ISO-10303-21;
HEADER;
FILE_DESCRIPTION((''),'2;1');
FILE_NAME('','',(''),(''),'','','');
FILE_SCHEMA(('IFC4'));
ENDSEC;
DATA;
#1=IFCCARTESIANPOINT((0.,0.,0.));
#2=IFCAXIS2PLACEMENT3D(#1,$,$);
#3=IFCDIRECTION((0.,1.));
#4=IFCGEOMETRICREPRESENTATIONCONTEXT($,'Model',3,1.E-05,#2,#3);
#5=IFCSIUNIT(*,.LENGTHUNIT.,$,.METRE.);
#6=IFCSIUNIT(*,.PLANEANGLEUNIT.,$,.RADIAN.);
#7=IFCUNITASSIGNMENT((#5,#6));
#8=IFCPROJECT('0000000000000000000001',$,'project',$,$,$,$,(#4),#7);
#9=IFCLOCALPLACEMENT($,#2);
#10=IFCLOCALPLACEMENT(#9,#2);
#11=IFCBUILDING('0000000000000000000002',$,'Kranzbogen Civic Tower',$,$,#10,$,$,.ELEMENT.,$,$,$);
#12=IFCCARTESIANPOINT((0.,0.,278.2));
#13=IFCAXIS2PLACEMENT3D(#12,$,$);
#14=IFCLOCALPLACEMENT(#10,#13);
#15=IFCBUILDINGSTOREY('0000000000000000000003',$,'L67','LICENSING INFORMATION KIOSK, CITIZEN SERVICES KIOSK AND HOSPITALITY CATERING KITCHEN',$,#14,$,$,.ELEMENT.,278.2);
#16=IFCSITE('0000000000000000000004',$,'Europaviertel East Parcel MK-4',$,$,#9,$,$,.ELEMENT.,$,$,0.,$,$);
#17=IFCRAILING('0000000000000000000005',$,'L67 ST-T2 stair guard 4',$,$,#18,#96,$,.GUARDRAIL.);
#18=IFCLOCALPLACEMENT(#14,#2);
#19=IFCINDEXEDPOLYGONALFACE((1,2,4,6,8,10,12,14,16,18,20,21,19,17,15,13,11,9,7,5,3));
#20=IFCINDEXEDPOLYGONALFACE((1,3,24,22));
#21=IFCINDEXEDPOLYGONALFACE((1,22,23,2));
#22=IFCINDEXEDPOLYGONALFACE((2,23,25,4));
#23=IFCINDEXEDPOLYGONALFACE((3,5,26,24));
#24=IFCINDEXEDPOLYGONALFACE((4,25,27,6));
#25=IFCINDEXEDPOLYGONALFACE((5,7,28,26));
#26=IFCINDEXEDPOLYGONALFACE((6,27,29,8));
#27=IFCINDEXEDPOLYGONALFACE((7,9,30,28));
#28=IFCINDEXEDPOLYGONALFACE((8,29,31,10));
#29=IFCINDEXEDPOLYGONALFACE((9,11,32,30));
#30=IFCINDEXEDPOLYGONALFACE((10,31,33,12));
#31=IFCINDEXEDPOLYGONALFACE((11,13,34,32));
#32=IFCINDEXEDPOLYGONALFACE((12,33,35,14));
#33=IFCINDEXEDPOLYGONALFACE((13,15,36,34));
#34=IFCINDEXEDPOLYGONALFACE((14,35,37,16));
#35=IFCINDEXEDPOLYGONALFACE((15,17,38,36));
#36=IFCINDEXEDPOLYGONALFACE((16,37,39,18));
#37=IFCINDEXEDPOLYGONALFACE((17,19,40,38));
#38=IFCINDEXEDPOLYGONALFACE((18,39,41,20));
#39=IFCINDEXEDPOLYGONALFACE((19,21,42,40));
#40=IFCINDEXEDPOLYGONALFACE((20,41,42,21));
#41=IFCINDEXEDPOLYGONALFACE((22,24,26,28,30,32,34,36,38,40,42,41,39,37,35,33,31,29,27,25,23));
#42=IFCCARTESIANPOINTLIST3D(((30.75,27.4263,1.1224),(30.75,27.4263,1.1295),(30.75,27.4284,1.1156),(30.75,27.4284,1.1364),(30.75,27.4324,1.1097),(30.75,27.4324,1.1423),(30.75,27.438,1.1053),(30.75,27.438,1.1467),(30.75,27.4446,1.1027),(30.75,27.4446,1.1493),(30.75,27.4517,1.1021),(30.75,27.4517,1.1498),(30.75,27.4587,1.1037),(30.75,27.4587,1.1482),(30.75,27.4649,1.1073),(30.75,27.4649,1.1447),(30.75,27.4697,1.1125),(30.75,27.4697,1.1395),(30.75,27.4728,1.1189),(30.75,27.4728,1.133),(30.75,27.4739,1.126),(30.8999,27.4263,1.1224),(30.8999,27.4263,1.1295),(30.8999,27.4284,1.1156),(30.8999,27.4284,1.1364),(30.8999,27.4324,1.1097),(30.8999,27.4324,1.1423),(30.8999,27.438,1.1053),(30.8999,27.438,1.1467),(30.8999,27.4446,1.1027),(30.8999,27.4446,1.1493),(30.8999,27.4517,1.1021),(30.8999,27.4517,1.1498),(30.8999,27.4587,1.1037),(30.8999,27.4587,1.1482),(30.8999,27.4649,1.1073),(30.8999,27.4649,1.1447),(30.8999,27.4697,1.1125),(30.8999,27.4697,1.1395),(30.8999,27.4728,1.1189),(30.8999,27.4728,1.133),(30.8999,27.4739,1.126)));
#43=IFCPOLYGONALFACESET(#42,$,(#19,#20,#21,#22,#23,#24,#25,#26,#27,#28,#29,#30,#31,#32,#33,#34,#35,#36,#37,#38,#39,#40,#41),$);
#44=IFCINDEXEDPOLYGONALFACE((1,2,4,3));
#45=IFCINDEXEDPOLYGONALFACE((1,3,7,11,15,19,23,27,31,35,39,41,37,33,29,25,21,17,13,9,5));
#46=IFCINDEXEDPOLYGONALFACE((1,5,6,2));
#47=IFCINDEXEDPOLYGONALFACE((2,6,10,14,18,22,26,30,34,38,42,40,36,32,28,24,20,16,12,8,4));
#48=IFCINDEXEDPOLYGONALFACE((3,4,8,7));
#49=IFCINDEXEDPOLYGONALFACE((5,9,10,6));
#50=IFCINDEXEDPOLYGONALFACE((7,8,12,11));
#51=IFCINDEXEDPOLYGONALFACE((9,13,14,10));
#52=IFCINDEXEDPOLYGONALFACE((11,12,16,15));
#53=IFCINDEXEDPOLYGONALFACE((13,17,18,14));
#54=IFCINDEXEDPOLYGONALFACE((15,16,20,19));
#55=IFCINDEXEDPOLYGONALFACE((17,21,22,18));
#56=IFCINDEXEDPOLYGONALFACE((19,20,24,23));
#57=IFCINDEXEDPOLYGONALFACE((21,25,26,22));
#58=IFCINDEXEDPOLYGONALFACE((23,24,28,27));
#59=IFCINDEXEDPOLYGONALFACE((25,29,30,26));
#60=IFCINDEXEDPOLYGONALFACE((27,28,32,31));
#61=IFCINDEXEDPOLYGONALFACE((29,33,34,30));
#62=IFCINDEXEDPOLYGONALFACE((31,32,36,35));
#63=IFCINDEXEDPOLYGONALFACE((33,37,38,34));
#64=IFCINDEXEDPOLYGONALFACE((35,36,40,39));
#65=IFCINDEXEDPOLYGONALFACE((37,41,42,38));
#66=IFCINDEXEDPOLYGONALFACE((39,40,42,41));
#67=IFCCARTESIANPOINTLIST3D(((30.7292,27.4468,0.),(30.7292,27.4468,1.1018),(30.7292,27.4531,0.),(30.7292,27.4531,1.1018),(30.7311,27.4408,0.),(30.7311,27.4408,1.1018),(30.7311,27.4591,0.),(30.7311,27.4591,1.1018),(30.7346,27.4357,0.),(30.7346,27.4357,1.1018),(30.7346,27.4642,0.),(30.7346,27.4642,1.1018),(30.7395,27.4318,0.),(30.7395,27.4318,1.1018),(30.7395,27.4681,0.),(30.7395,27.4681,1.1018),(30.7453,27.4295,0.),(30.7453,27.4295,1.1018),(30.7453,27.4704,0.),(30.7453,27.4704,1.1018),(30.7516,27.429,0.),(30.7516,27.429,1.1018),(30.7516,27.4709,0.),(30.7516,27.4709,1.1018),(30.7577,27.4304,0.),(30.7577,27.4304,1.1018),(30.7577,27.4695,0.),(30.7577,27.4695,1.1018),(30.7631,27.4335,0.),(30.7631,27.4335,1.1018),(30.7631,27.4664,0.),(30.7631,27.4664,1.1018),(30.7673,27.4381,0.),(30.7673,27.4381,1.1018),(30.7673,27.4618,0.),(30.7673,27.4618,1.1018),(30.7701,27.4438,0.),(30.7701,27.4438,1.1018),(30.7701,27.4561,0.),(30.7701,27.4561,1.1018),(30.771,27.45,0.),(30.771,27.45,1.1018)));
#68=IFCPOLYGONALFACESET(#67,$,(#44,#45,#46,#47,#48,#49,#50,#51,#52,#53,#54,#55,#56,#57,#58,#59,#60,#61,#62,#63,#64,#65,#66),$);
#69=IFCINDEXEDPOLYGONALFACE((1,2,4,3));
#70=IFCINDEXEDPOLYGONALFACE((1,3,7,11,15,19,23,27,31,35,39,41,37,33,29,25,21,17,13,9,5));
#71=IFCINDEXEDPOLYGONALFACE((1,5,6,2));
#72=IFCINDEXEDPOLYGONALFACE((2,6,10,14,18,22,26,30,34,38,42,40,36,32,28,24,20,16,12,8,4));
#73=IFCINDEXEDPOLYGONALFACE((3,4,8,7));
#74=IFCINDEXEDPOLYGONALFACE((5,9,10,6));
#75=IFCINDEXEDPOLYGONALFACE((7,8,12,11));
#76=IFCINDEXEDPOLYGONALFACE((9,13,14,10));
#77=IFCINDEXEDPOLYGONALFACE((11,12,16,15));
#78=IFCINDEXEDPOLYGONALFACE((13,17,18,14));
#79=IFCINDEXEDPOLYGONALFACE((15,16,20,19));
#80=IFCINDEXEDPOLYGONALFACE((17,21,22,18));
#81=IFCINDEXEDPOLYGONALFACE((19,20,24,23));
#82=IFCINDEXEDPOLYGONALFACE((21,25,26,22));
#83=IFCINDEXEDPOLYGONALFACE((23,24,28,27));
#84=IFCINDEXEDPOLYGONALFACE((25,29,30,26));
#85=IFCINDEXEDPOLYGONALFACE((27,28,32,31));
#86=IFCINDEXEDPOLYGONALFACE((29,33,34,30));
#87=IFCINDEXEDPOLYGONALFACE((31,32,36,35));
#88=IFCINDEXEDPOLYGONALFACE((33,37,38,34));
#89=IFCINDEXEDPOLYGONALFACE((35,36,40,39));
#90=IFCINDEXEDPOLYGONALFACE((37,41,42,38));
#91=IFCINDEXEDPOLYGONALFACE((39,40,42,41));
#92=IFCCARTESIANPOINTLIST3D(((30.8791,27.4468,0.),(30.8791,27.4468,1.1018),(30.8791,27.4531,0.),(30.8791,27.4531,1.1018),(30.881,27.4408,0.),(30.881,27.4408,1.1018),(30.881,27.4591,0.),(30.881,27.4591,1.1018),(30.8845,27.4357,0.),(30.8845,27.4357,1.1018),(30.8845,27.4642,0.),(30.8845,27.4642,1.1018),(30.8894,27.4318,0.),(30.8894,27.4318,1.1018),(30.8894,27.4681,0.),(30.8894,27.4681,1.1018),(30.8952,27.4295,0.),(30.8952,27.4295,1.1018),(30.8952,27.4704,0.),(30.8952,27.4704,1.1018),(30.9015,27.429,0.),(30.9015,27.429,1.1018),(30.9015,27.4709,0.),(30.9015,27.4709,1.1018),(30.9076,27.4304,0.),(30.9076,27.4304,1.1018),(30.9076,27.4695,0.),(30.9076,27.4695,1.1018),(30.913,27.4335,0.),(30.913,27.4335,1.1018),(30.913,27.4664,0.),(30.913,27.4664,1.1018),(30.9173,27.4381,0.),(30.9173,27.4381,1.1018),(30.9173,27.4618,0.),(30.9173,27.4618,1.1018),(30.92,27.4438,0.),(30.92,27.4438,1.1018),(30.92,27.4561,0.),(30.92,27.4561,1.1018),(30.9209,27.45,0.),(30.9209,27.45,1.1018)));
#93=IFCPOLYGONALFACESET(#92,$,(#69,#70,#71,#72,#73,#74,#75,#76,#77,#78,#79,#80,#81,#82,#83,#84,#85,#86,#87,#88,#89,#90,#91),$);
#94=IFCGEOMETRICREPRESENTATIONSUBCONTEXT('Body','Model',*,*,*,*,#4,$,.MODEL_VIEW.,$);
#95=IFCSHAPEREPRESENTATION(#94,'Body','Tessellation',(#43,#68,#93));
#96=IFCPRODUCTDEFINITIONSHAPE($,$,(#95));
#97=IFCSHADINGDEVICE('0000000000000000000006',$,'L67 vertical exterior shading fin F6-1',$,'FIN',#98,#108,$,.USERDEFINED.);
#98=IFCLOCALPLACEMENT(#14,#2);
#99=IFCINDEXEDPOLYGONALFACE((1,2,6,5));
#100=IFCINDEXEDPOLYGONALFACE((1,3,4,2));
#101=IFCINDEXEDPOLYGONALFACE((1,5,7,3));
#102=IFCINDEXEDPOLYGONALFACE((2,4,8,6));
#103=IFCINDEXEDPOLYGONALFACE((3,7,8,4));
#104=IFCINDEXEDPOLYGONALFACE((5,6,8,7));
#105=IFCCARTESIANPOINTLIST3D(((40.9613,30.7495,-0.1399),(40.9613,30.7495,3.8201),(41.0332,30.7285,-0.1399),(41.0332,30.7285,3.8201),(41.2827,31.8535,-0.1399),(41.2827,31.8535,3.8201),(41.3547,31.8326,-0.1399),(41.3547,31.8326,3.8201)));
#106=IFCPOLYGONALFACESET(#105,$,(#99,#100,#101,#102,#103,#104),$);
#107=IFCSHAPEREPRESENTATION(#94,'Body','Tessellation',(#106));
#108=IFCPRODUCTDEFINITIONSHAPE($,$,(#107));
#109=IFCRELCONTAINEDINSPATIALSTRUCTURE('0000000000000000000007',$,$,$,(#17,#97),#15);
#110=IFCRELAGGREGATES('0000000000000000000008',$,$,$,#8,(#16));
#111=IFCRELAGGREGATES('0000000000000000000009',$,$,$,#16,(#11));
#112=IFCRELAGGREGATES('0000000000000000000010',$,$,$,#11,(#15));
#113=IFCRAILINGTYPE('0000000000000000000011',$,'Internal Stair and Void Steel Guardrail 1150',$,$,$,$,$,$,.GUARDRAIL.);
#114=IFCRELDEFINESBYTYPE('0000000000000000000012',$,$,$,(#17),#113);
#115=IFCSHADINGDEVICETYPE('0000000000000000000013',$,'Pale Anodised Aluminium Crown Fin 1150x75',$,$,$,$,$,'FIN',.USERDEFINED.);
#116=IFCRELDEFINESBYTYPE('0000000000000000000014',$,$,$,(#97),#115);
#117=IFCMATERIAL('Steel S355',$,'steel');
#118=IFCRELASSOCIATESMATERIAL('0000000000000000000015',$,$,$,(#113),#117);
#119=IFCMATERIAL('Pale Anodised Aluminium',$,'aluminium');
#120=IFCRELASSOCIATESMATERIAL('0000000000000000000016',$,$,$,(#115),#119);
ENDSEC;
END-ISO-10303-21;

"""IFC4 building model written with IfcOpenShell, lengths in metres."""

from ifc_helpers import new_model, si_unit, direction, frame, origin, origin_2d, place, context, subcontext, project, spatial, rectangle, circle, extrude, material, type_object, element, save


model = new_model("IFC4")

# Units and contexts
model_context = context("Model", 3, precision=1e-05, world=origin(), true_north=direction((0.0, 1.0)))
body_context = subcontext(model_context, "Body", "Model", "MODEL_VIEW")
ifc_project = project(units=[si_unit("LENGTHUNIT", "METRE"), si_unit("PLANEANGLEUNIT", "RADIAN")], contexts=[model_context])

# Site, building, storey
site_placement = place(None, origin())
site = spatial("IfcSite", under=ifc_project, at=site_placement, Name="Europaviertel East Parcel MK-4", CompositionType="ELEMENT", RefElevation=0.0)
building_placement = place(site_placement, origin())
building = spatial("IfcBuilding", under=site, at=building_placement, Name="Kranzbogen Civic Tower", CompositionType="ELEMENT")
storey_placement = place(building_placement, frame((0.0, 0.0, 278.2)))
storey = spatial("IfcBuildingStorey", under=building, at=storey_placement, Name="L67", Description="LICENSING INFORMATION KIOSK, CITIZEN SERVICES KIOSK AND HOSPITALITY CATERING KITCHEN", CompositionType="ELEMENT", Elevation=278.2)

# Shared definitions
ifc_material_1 = material(Name="Steel S355", Category="steel")

# Shared definitions
ifc_material_2 = material(Name="Pale Anodised Aluminium", Category="aluminium")

# Railing
railing_type_1 = type_object("IfcRailingType", Name="Internal Stair and Void Steel Guardrail 1150", PredefinedType="GUARDRAIL", material=ifc_material_1)
railing_1_placement = place(storey_placement, frame((30.75, 27.45, 0.0)))
element("IfcRailing", 1, at=railing_1_placement, inside=storey, type_object=railing_type_1, Name="L67 ST-T2 stair guard 4", PredefinedType="GUARDRAIL", context=body_context, shape_type="SweptSolid", body=[
    extrude(circle(Radius=0.0239, at=origin_2d()), frame((0.0, 0.0, 1.126), z_axis=(1.0, 0.0, 0.0), x_axis=(0.0, 1.0, 0.0)), (0.0, 0.0, 1.0), 0.1499),
    extrude(circle(Radius=0.021, at=origin_2d()), origin(), (0.0, 0.0, 1.0), 1.1018),
    extrude(circle(Radius=0.021, at=origin_2d()), frame((0.1499, 0.0, 0.0)), (0.0, 0.0, 1.0), 1.1018),
])

# Shading device
shading_device_type = type_object("IfcShadingDeviceType", Name="Pale Anodised Aluminium Crown Fin 1150x75", ElementType="FIN", PredefinedType="USERDEFINED", material=ifc_material_2)
shading_device_placement = place(storey_placement, frame((41.158, 31.291, -0.1399), z_axis=(0.0, 0.0, 1.0), x_axis=(0.279544, 0.960133, 0.0)))
element("IfcShadingDevice", 2, at=shading_device_placement, inside=storey, type_object=shading_device_type, Name="L67 vertical exterior shading fin F6-1", ObjectType="FIN", PredefinedType="USERDEFINED", context=body_context, shape_type="SweptSolid", body=[
    extrude(rectangle(XDim=1.1499, YDim=0.075, at=origin_2d()), origin(), (0.0, 0.0, 1.0), 3.96),
])

save(model, "model.ifc")
